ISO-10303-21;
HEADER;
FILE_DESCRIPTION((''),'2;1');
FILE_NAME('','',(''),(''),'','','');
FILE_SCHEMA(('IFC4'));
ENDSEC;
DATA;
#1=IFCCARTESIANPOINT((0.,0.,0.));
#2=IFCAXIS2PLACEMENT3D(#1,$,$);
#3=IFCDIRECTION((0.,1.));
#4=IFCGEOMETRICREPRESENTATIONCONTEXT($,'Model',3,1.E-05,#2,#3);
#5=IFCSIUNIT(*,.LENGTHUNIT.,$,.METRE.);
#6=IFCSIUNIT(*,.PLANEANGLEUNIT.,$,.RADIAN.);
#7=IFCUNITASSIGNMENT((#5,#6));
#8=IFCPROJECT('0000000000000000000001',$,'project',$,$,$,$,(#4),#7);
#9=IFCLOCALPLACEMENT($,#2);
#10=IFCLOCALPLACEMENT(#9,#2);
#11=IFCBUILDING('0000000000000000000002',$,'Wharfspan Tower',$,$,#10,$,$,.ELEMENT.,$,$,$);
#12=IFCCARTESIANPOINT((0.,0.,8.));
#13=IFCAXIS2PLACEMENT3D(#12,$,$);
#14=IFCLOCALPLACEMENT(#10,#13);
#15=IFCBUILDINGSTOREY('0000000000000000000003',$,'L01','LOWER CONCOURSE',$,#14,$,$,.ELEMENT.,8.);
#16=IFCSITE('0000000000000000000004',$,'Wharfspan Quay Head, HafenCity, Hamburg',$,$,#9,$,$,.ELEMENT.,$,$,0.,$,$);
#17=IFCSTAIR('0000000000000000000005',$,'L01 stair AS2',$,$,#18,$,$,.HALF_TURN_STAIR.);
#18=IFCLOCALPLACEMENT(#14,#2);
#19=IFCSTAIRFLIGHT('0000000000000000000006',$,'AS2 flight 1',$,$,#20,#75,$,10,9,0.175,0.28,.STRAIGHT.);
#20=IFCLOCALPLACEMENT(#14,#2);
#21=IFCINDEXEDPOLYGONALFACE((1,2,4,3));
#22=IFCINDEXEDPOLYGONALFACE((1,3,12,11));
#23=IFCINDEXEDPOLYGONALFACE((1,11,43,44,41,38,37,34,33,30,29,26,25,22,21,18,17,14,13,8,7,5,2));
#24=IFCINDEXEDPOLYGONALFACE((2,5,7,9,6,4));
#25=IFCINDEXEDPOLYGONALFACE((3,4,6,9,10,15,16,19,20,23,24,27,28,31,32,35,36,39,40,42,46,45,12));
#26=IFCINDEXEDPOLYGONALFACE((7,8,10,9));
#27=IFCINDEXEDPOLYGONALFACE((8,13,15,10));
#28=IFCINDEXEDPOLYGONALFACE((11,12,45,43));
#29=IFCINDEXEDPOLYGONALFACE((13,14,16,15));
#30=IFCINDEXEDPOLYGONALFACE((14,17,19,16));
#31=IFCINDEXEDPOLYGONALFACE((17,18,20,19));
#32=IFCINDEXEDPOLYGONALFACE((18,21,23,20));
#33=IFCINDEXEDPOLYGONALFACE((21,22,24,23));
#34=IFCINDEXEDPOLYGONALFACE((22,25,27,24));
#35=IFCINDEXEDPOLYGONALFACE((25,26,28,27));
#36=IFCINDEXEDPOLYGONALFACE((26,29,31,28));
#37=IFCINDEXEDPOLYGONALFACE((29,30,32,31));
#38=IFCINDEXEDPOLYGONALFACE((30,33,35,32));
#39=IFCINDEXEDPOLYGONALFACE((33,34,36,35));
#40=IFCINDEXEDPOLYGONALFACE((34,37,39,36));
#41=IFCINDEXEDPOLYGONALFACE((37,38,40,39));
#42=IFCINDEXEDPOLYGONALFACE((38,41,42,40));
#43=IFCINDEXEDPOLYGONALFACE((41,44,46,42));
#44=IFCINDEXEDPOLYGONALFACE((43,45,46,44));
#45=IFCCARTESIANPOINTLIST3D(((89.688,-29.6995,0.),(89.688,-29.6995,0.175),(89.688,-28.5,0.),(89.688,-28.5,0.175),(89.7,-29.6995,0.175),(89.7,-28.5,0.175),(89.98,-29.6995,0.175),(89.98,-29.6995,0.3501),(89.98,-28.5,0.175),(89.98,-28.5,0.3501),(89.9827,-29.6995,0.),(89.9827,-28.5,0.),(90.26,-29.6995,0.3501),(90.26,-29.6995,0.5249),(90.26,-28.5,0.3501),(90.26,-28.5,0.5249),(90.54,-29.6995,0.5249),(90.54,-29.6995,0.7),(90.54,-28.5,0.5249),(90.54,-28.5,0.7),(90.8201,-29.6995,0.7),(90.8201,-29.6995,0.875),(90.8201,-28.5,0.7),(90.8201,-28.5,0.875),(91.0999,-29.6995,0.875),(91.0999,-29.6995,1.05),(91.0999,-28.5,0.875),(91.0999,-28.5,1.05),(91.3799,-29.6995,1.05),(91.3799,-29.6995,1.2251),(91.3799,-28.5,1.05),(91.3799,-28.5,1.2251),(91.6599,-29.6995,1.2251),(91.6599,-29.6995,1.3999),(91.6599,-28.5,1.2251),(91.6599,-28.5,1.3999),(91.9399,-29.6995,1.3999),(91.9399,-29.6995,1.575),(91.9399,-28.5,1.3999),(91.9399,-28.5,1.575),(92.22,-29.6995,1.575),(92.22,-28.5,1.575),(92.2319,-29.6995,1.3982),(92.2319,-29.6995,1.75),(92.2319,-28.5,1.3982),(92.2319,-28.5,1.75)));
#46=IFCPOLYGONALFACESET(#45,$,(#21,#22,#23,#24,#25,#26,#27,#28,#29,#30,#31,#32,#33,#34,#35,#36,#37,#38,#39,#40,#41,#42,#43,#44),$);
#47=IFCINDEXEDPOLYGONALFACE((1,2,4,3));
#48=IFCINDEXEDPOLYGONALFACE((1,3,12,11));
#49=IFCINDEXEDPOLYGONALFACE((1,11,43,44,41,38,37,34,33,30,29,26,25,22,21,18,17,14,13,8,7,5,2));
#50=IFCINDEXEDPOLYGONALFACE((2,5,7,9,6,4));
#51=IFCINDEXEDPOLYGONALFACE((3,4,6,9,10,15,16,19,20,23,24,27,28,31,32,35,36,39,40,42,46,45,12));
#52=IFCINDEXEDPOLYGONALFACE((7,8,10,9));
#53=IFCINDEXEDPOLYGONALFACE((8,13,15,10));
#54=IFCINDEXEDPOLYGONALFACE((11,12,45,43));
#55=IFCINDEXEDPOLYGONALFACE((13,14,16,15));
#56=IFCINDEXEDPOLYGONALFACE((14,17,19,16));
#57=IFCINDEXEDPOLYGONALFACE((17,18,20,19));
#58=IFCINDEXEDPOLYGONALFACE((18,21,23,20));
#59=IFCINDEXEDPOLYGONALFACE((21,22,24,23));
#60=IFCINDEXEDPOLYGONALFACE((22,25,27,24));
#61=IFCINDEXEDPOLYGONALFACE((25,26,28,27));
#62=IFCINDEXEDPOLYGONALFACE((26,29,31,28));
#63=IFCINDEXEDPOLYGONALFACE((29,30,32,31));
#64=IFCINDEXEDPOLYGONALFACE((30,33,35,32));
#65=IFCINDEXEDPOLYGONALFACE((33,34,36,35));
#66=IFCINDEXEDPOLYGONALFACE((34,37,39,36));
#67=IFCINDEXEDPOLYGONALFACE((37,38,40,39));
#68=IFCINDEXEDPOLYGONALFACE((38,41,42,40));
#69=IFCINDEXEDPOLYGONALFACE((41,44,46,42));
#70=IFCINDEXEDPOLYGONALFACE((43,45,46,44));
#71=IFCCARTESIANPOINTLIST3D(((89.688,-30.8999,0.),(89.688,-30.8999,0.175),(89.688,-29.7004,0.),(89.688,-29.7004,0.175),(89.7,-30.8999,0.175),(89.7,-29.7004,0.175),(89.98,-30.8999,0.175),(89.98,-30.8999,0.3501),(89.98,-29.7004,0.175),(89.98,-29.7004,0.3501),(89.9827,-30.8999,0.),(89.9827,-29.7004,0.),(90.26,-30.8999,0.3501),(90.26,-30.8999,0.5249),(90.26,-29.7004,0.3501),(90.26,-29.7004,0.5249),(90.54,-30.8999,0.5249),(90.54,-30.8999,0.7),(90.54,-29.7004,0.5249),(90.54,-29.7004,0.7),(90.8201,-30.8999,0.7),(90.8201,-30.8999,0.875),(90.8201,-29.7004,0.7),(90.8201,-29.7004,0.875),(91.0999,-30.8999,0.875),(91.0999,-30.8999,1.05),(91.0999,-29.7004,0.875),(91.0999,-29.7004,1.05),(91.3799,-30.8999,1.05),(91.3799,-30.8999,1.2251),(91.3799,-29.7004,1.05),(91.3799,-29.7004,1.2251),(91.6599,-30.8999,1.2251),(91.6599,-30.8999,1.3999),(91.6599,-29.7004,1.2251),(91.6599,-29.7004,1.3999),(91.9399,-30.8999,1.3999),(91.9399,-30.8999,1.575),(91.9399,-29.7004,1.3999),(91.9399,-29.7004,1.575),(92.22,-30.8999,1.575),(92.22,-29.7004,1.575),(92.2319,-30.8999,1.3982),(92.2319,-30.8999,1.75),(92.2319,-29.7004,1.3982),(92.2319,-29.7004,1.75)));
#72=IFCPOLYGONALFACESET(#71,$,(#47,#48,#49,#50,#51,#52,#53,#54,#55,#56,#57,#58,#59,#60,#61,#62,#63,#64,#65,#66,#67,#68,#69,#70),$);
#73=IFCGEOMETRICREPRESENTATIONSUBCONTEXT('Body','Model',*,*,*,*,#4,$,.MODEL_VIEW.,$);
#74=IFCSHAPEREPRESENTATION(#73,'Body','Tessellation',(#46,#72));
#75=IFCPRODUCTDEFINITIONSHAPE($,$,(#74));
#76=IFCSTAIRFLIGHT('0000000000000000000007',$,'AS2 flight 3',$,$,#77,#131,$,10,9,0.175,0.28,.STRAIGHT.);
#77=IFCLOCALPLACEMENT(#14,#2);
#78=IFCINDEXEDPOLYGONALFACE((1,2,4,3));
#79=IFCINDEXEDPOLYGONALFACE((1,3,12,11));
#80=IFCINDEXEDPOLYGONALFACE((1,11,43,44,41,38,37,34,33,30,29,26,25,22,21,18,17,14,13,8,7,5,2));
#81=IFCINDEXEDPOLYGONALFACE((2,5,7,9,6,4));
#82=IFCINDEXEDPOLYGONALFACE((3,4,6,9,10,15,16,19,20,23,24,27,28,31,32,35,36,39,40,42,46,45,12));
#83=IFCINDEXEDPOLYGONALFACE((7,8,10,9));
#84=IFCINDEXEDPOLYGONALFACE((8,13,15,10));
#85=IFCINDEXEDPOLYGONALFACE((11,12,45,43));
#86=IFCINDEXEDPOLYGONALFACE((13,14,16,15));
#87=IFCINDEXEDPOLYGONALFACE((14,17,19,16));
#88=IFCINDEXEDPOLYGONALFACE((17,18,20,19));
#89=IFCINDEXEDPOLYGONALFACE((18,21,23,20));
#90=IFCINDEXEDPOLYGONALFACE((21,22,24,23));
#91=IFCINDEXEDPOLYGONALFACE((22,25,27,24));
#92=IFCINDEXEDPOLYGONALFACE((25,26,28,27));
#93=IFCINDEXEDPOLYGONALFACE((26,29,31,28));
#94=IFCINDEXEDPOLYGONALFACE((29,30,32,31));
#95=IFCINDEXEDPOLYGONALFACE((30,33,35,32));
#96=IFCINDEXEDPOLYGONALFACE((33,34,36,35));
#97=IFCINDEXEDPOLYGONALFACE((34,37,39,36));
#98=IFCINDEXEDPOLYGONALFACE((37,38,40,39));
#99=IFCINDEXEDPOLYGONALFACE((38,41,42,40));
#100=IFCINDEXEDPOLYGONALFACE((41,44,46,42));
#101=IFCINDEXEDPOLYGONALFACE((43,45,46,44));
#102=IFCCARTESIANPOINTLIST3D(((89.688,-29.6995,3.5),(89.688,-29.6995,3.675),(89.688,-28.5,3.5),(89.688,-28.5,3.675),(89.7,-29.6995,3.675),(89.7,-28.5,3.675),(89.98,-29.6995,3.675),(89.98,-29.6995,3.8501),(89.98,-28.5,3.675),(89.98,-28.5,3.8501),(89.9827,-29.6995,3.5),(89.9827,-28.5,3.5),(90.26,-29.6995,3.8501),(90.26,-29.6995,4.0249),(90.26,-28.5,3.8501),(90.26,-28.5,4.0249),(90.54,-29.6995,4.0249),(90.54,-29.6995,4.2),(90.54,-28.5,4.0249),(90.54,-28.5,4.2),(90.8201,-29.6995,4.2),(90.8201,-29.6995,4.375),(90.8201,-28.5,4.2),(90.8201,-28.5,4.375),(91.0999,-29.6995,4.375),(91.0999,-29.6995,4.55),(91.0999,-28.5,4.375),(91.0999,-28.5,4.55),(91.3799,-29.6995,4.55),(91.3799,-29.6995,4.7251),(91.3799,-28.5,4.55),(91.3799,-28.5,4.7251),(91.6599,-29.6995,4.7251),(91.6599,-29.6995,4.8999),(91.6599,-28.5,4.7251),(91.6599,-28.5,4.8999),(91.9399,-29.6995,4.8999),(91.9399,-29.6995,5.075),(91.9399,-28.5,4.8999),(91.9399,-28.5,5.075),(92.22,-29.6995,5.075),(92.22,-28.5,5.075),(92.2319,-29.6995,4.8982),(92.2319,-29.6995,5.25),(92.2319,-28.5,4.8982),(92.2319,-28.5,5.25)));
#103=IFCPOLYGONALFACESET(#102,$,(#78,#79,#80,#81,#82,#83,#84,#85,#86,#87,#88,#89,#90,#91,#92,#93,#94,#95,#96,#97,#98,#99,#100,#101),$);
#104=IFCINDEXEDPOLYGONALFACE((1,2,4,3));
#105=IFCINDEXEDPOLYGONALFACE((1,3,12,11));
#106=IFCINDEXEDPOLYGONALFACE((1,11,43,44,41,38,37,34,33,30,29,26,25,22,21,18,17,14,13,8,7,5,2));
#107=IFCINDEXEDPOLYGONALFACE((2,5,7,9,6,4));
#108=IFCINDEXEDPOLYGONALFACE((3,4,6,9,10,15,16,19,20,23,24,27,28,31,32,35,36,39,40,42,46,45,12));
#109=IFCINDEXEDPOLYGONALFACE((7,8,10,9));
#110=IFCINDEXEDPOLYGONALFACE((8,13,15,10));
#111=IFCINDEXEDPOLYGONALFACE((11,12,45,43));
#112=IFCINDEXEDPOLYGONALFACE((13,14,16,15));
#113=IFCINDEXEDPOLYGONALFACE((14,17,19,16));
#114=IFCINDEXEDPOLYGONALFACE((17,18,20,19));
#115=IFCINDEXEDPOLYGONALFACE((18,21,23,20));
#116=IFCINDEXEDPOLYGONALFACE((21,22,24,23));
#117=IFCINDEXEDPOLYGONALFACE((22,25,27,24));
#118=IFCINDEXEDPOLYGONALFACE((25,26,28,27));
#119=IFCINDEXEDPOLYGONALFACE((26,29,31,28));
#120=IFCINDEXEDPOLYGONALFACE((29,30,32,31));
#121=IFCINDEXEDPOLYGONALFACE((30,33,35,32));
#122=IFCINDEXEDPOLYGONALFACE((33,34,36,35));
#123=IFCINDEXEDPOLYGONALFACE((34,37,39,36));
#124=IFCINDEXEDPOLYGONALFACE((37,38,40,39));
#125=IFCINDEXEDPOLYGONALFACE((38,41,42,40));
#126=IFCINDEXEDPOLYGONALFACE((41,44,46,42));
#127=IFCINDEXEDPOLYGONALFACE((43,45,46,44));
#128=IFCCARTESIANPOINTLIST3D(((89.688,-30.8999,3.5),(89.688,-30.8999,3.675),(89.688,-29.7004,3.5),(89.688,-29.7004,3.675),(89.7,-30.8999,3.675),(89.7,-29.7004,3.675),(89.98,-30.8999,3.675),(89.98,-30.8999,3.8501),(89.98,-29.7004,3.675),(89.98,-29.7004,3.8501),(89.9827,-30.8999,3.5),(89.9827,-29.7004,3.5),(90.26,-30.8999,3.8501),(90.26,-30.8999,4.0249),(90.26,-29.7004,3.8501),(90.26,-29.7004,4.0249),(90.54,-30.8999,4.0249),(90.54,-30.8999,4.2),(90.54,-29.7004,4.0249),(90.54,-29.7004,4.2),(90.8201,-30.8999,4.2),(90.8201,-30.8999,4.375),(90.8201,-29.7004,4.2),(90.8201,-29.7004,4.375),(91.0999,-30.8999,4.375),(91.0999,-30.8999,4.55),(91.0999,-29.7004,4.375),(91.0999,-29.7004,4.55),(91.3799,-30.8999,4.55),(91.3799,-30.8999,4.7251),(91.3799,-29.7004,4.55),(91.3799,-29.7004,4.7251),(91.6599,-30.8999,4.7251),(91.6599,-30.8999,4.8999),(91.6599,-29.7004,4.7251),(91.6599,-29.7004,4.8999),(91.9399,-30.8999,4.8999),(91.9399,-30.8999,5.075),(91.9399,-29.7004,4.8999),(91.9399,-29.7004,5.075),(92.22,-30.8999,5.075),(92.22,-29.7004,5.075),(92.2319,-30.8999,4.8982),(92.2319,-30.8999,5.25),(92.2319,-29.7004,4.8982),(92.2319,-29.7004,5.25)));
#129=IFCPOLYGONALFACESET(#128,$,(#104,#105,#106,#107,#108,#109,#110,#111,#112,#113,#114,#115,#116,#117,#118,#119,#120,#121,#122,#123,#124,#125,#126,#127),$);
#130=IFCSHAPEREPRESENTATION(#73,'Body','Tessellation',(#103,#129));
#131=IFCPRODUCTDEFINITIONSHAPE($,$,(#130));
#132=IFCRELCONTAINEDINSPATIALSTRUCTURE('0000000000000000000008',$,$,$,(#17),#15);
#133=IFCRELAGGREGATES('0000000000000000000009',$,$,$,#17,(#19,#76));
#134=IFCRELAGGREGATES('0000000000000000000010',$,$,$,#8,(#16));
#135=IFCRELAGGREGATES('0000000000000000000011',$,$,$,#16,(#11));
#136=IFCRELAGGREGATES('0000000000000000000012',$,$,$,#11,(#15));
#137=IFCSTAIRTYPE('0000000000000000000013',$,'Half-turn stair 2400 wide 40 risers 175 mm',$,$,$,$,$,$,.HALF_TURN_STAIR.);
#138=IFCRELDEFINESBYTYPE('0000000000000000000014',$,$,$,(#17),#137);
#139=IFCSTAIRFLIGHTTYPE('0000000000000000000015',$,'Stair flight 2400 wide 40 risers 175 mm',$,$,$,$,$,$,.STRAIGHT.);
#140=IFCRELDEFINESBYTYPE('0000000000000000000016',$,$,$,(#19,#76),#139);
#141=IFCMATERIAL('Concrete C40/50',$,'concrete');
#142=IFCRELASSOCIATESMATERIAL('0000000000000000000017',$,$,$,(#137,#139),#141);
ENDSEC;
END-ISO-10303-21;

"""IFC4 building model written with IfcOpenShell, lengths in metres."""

from ifc_helpers import new_model, si_unit, direction, frame, origin, place, context, subcontext, project, spatial, polyline, outline, extrude, material, type_object, element, aggregate, save


model = new_model("IFC4")

# Units and contexts
model_context = context("Model", 3, precision=1e-05, world=origin(), true_north=direction((0.0, 1.0)))
body_context = subcontext(model_context, "Body", "Model", "MODEL_VIEW")
ifc_project = project(units=[si_unit("LENGTHUNIT", "METRE"), si_unit("PLANEANGLEUNIT", "RADIAN")], contexts=[model_context])

# Site, building, storey
site_placement = place(None, origin())
site = spatial("IfcSite", under=ifc_project, at=site_placement, Name="Wharfspan Quay Head, HafenCity, Hamburg", CompositionType="ELEMENT", RefElevation=0.0)
building_placement = place(site_placement, origin())
building = spatial("IfcBuilding", under=site, at=building_placement, Name="Wharfspan Tower", CompositionType="ELEMENT")
storey_placement = place(building_placement, frame((0.0, 0.0, 8.0)))
storey = spatial("IfcBuildingStorey", under=building, at=storey_placement, Name="L01", Description="LOWER CONCOURSE", CompositionType="ELEMENT", Elevation=8.0)

# Shared definitions
ifc_material_1 = material(Name="Concrete C40/50", Category="concrete")

# Stair, stair flights
stair_type = type_object("IfcStairType", Name="Half-turn stair 2400 wide 40 risers 175 mm", PredefinedType="HALF_TURN_STAIR", material=ifc_material_1)
stair_placement = place(storey_placement, origin())
stair = element("IfcStair", 1, at=stair_placement, inside=storey, type_object=stair_type, Name="L01 stair AS2", PredefinedType="HALF_TURN_STAIR")
stair_flight_type = type_object("IfcStairFlightType", Name="Stair flight 2400 wide 40 risers 175 mm", PredefinedType="STRAIGHT", material=ifc_material_1)
stair_flight_1_placement = place(storey_placement, frame((89.7, -29.7, 0.0), z_axis=(0.0, 0.0, 1.0), x_axis=(1.0, 0.0, 0.0)))
stair_flight_1 = element("IfcStairFlight", 2, at=stair_flight_1_placement, type_object=stair_flight_type, Name="AS2 flight 1", NumberOfRisers=10, NumberOfTreads=9, PredefinedType="STRAIGHT", RiserHeight=0.175, TreadLength=0.28, context=body_context, shape_type="SweptSolid", body=[
    extrude(outline(polyline([(-0.012, 0.0), (-0.012, 0.175), (0.0, 0.175), (0.28, 0.175), (0.28, 0.3501), (0.5601, 0.3501), (0.5601, 0.5249), (0.8401, 0.5249), (0.8401, 0.7), (1.1201, 0.7), (1.1201, 0.875), (1.3999, 0.875), (1.3999, 1.05), (1.6799, 1.05), (1.6799, 1.2251), (1.96, 1.2251), (1.96, 1.3999), (2.24, 1.3999), (2.24, 1.575), (2.52, 1.575), (2.532, 1.75), (2.532, 1.3982), (0.2827, 0.0), (-0.012, 0.0)])), frame((0.0, 1.2, 0.0), z_axis=(0.0, -1.0, 0.0), x_axis=(1.0, 0.0, 0.0)), (0.0, 0.0, 1.0), 1.1995),
    extrude(outline(polyline([(-0.012, 0.0), (-0.012, 0.175), (0.0, 0.175), (0.28, 0.175), (0.28, 0.3501), (0.5601, 0.3501), (0.5601, 0.5249), (0.8401, 0.5249), (0.8401, 0.7), (1.1201, 0.7), (1.1201, 0.875), (1.3999, 0.875), (1.3999, 1.05), (1.6799, 1.05), (1.6799, 1.2251), (1.96, 1.2251), (1.96, 1.3999), (2.24, 1.3999), (2.24, 1.575), (2.52, 1.575), (2.532, 1.75), (2.532, 1.3982), (0.2827, 0.0), (-0.012, 0.0)])), frame((0.0, -0.0005, 0.0), z_axis=(0.0, -1.0, 0.0), x_axis=(1.0, 0.0, 0.0)), (0.0, 0.0, 1.0), 1.1995),
])
stair_flight_2_placement = place(storey_placement, frame((89.7, -29.7, 3.5), z_axis=(0.0, 0.0, 1.0), x_axis=(1.0, 0.0, 0.0)))
stair_flight_2 = element("IfcStairFlight", 3, at=stair_flight_2_placement, type_object=stair_flight_type, Name="AS2 flight 3", NumberOfRisers=10, NumberOfTreads=9, PredefinedType="STRAIGHT", RiserHeight=0.175, TreadLength=0.28, context=body_context, shape_type="SweptSolid", body=[
    extrude(outline(polyline([(-0.012, 0.0), (-0.012, 0.175), (0.0, 0.175), (0.28, 0.175), (0.28, 0.3501), (0.5601, 0.3501), (0.5601, 0.5249), (0.8401, 0.5249), (0.8401, 0.7), (1.1201, 0.7), (1.1201, 0.875), (1.3999, 0.875), (1.3999, 1.05), (1.6799, 1.05), (1.6799, 1.2251), (1.96, 1.2251), (1.96, 1.3999), (2.24, 1.3999), (2.24, 1.575), (2.52, 1.575), (2.532, 1.75), (2.532, 1.3982), (0.2827, 0.0), (-0.012, 0.0)])), frame((0.0, 1.2, 0.0), z_axis=(0.0, -1.0, 0.0), x_axis=(1.0, 0.0, 0.0)), (0.0, 0.0, 1.0), 1.1995),
    extrude(outline(polyline([(-0.012, 0.0), (-0.012, 0.175), (0.0, 0.175), (0.28, 0.175), (0.28, 0.3501), (0.5601, 0.3501), (0.5601, 0.5249), (0.8401, 0.5249), (0.8401, 0.7), (1.1201, 0.7), (1.1201, 0.875), (1.3999, 0.875), (1.3999, 1.05), (1.6799, 1.05), (1.6799, 1.2251), (1.96, 1.2251), (1.96, 1.3999), (2.24, 1.3999), (2.24, 1.575), (2.52, 1.575), (2.532, 1.75), (2.532, 1.3982), (0.2827, 0.0), (-0.012, 0.0)])), frame((0.0, -0.0005, 0.0), z_axis=(0.0, -1.0, 0.0), x_axis=(1.0, 0.0, 0.0)), (0.0, 0.0, 1.0), 1.1995),
])
aggregate(stair, [stair_flight_1, stair_flight_2])

save(model, "model.ifc")
